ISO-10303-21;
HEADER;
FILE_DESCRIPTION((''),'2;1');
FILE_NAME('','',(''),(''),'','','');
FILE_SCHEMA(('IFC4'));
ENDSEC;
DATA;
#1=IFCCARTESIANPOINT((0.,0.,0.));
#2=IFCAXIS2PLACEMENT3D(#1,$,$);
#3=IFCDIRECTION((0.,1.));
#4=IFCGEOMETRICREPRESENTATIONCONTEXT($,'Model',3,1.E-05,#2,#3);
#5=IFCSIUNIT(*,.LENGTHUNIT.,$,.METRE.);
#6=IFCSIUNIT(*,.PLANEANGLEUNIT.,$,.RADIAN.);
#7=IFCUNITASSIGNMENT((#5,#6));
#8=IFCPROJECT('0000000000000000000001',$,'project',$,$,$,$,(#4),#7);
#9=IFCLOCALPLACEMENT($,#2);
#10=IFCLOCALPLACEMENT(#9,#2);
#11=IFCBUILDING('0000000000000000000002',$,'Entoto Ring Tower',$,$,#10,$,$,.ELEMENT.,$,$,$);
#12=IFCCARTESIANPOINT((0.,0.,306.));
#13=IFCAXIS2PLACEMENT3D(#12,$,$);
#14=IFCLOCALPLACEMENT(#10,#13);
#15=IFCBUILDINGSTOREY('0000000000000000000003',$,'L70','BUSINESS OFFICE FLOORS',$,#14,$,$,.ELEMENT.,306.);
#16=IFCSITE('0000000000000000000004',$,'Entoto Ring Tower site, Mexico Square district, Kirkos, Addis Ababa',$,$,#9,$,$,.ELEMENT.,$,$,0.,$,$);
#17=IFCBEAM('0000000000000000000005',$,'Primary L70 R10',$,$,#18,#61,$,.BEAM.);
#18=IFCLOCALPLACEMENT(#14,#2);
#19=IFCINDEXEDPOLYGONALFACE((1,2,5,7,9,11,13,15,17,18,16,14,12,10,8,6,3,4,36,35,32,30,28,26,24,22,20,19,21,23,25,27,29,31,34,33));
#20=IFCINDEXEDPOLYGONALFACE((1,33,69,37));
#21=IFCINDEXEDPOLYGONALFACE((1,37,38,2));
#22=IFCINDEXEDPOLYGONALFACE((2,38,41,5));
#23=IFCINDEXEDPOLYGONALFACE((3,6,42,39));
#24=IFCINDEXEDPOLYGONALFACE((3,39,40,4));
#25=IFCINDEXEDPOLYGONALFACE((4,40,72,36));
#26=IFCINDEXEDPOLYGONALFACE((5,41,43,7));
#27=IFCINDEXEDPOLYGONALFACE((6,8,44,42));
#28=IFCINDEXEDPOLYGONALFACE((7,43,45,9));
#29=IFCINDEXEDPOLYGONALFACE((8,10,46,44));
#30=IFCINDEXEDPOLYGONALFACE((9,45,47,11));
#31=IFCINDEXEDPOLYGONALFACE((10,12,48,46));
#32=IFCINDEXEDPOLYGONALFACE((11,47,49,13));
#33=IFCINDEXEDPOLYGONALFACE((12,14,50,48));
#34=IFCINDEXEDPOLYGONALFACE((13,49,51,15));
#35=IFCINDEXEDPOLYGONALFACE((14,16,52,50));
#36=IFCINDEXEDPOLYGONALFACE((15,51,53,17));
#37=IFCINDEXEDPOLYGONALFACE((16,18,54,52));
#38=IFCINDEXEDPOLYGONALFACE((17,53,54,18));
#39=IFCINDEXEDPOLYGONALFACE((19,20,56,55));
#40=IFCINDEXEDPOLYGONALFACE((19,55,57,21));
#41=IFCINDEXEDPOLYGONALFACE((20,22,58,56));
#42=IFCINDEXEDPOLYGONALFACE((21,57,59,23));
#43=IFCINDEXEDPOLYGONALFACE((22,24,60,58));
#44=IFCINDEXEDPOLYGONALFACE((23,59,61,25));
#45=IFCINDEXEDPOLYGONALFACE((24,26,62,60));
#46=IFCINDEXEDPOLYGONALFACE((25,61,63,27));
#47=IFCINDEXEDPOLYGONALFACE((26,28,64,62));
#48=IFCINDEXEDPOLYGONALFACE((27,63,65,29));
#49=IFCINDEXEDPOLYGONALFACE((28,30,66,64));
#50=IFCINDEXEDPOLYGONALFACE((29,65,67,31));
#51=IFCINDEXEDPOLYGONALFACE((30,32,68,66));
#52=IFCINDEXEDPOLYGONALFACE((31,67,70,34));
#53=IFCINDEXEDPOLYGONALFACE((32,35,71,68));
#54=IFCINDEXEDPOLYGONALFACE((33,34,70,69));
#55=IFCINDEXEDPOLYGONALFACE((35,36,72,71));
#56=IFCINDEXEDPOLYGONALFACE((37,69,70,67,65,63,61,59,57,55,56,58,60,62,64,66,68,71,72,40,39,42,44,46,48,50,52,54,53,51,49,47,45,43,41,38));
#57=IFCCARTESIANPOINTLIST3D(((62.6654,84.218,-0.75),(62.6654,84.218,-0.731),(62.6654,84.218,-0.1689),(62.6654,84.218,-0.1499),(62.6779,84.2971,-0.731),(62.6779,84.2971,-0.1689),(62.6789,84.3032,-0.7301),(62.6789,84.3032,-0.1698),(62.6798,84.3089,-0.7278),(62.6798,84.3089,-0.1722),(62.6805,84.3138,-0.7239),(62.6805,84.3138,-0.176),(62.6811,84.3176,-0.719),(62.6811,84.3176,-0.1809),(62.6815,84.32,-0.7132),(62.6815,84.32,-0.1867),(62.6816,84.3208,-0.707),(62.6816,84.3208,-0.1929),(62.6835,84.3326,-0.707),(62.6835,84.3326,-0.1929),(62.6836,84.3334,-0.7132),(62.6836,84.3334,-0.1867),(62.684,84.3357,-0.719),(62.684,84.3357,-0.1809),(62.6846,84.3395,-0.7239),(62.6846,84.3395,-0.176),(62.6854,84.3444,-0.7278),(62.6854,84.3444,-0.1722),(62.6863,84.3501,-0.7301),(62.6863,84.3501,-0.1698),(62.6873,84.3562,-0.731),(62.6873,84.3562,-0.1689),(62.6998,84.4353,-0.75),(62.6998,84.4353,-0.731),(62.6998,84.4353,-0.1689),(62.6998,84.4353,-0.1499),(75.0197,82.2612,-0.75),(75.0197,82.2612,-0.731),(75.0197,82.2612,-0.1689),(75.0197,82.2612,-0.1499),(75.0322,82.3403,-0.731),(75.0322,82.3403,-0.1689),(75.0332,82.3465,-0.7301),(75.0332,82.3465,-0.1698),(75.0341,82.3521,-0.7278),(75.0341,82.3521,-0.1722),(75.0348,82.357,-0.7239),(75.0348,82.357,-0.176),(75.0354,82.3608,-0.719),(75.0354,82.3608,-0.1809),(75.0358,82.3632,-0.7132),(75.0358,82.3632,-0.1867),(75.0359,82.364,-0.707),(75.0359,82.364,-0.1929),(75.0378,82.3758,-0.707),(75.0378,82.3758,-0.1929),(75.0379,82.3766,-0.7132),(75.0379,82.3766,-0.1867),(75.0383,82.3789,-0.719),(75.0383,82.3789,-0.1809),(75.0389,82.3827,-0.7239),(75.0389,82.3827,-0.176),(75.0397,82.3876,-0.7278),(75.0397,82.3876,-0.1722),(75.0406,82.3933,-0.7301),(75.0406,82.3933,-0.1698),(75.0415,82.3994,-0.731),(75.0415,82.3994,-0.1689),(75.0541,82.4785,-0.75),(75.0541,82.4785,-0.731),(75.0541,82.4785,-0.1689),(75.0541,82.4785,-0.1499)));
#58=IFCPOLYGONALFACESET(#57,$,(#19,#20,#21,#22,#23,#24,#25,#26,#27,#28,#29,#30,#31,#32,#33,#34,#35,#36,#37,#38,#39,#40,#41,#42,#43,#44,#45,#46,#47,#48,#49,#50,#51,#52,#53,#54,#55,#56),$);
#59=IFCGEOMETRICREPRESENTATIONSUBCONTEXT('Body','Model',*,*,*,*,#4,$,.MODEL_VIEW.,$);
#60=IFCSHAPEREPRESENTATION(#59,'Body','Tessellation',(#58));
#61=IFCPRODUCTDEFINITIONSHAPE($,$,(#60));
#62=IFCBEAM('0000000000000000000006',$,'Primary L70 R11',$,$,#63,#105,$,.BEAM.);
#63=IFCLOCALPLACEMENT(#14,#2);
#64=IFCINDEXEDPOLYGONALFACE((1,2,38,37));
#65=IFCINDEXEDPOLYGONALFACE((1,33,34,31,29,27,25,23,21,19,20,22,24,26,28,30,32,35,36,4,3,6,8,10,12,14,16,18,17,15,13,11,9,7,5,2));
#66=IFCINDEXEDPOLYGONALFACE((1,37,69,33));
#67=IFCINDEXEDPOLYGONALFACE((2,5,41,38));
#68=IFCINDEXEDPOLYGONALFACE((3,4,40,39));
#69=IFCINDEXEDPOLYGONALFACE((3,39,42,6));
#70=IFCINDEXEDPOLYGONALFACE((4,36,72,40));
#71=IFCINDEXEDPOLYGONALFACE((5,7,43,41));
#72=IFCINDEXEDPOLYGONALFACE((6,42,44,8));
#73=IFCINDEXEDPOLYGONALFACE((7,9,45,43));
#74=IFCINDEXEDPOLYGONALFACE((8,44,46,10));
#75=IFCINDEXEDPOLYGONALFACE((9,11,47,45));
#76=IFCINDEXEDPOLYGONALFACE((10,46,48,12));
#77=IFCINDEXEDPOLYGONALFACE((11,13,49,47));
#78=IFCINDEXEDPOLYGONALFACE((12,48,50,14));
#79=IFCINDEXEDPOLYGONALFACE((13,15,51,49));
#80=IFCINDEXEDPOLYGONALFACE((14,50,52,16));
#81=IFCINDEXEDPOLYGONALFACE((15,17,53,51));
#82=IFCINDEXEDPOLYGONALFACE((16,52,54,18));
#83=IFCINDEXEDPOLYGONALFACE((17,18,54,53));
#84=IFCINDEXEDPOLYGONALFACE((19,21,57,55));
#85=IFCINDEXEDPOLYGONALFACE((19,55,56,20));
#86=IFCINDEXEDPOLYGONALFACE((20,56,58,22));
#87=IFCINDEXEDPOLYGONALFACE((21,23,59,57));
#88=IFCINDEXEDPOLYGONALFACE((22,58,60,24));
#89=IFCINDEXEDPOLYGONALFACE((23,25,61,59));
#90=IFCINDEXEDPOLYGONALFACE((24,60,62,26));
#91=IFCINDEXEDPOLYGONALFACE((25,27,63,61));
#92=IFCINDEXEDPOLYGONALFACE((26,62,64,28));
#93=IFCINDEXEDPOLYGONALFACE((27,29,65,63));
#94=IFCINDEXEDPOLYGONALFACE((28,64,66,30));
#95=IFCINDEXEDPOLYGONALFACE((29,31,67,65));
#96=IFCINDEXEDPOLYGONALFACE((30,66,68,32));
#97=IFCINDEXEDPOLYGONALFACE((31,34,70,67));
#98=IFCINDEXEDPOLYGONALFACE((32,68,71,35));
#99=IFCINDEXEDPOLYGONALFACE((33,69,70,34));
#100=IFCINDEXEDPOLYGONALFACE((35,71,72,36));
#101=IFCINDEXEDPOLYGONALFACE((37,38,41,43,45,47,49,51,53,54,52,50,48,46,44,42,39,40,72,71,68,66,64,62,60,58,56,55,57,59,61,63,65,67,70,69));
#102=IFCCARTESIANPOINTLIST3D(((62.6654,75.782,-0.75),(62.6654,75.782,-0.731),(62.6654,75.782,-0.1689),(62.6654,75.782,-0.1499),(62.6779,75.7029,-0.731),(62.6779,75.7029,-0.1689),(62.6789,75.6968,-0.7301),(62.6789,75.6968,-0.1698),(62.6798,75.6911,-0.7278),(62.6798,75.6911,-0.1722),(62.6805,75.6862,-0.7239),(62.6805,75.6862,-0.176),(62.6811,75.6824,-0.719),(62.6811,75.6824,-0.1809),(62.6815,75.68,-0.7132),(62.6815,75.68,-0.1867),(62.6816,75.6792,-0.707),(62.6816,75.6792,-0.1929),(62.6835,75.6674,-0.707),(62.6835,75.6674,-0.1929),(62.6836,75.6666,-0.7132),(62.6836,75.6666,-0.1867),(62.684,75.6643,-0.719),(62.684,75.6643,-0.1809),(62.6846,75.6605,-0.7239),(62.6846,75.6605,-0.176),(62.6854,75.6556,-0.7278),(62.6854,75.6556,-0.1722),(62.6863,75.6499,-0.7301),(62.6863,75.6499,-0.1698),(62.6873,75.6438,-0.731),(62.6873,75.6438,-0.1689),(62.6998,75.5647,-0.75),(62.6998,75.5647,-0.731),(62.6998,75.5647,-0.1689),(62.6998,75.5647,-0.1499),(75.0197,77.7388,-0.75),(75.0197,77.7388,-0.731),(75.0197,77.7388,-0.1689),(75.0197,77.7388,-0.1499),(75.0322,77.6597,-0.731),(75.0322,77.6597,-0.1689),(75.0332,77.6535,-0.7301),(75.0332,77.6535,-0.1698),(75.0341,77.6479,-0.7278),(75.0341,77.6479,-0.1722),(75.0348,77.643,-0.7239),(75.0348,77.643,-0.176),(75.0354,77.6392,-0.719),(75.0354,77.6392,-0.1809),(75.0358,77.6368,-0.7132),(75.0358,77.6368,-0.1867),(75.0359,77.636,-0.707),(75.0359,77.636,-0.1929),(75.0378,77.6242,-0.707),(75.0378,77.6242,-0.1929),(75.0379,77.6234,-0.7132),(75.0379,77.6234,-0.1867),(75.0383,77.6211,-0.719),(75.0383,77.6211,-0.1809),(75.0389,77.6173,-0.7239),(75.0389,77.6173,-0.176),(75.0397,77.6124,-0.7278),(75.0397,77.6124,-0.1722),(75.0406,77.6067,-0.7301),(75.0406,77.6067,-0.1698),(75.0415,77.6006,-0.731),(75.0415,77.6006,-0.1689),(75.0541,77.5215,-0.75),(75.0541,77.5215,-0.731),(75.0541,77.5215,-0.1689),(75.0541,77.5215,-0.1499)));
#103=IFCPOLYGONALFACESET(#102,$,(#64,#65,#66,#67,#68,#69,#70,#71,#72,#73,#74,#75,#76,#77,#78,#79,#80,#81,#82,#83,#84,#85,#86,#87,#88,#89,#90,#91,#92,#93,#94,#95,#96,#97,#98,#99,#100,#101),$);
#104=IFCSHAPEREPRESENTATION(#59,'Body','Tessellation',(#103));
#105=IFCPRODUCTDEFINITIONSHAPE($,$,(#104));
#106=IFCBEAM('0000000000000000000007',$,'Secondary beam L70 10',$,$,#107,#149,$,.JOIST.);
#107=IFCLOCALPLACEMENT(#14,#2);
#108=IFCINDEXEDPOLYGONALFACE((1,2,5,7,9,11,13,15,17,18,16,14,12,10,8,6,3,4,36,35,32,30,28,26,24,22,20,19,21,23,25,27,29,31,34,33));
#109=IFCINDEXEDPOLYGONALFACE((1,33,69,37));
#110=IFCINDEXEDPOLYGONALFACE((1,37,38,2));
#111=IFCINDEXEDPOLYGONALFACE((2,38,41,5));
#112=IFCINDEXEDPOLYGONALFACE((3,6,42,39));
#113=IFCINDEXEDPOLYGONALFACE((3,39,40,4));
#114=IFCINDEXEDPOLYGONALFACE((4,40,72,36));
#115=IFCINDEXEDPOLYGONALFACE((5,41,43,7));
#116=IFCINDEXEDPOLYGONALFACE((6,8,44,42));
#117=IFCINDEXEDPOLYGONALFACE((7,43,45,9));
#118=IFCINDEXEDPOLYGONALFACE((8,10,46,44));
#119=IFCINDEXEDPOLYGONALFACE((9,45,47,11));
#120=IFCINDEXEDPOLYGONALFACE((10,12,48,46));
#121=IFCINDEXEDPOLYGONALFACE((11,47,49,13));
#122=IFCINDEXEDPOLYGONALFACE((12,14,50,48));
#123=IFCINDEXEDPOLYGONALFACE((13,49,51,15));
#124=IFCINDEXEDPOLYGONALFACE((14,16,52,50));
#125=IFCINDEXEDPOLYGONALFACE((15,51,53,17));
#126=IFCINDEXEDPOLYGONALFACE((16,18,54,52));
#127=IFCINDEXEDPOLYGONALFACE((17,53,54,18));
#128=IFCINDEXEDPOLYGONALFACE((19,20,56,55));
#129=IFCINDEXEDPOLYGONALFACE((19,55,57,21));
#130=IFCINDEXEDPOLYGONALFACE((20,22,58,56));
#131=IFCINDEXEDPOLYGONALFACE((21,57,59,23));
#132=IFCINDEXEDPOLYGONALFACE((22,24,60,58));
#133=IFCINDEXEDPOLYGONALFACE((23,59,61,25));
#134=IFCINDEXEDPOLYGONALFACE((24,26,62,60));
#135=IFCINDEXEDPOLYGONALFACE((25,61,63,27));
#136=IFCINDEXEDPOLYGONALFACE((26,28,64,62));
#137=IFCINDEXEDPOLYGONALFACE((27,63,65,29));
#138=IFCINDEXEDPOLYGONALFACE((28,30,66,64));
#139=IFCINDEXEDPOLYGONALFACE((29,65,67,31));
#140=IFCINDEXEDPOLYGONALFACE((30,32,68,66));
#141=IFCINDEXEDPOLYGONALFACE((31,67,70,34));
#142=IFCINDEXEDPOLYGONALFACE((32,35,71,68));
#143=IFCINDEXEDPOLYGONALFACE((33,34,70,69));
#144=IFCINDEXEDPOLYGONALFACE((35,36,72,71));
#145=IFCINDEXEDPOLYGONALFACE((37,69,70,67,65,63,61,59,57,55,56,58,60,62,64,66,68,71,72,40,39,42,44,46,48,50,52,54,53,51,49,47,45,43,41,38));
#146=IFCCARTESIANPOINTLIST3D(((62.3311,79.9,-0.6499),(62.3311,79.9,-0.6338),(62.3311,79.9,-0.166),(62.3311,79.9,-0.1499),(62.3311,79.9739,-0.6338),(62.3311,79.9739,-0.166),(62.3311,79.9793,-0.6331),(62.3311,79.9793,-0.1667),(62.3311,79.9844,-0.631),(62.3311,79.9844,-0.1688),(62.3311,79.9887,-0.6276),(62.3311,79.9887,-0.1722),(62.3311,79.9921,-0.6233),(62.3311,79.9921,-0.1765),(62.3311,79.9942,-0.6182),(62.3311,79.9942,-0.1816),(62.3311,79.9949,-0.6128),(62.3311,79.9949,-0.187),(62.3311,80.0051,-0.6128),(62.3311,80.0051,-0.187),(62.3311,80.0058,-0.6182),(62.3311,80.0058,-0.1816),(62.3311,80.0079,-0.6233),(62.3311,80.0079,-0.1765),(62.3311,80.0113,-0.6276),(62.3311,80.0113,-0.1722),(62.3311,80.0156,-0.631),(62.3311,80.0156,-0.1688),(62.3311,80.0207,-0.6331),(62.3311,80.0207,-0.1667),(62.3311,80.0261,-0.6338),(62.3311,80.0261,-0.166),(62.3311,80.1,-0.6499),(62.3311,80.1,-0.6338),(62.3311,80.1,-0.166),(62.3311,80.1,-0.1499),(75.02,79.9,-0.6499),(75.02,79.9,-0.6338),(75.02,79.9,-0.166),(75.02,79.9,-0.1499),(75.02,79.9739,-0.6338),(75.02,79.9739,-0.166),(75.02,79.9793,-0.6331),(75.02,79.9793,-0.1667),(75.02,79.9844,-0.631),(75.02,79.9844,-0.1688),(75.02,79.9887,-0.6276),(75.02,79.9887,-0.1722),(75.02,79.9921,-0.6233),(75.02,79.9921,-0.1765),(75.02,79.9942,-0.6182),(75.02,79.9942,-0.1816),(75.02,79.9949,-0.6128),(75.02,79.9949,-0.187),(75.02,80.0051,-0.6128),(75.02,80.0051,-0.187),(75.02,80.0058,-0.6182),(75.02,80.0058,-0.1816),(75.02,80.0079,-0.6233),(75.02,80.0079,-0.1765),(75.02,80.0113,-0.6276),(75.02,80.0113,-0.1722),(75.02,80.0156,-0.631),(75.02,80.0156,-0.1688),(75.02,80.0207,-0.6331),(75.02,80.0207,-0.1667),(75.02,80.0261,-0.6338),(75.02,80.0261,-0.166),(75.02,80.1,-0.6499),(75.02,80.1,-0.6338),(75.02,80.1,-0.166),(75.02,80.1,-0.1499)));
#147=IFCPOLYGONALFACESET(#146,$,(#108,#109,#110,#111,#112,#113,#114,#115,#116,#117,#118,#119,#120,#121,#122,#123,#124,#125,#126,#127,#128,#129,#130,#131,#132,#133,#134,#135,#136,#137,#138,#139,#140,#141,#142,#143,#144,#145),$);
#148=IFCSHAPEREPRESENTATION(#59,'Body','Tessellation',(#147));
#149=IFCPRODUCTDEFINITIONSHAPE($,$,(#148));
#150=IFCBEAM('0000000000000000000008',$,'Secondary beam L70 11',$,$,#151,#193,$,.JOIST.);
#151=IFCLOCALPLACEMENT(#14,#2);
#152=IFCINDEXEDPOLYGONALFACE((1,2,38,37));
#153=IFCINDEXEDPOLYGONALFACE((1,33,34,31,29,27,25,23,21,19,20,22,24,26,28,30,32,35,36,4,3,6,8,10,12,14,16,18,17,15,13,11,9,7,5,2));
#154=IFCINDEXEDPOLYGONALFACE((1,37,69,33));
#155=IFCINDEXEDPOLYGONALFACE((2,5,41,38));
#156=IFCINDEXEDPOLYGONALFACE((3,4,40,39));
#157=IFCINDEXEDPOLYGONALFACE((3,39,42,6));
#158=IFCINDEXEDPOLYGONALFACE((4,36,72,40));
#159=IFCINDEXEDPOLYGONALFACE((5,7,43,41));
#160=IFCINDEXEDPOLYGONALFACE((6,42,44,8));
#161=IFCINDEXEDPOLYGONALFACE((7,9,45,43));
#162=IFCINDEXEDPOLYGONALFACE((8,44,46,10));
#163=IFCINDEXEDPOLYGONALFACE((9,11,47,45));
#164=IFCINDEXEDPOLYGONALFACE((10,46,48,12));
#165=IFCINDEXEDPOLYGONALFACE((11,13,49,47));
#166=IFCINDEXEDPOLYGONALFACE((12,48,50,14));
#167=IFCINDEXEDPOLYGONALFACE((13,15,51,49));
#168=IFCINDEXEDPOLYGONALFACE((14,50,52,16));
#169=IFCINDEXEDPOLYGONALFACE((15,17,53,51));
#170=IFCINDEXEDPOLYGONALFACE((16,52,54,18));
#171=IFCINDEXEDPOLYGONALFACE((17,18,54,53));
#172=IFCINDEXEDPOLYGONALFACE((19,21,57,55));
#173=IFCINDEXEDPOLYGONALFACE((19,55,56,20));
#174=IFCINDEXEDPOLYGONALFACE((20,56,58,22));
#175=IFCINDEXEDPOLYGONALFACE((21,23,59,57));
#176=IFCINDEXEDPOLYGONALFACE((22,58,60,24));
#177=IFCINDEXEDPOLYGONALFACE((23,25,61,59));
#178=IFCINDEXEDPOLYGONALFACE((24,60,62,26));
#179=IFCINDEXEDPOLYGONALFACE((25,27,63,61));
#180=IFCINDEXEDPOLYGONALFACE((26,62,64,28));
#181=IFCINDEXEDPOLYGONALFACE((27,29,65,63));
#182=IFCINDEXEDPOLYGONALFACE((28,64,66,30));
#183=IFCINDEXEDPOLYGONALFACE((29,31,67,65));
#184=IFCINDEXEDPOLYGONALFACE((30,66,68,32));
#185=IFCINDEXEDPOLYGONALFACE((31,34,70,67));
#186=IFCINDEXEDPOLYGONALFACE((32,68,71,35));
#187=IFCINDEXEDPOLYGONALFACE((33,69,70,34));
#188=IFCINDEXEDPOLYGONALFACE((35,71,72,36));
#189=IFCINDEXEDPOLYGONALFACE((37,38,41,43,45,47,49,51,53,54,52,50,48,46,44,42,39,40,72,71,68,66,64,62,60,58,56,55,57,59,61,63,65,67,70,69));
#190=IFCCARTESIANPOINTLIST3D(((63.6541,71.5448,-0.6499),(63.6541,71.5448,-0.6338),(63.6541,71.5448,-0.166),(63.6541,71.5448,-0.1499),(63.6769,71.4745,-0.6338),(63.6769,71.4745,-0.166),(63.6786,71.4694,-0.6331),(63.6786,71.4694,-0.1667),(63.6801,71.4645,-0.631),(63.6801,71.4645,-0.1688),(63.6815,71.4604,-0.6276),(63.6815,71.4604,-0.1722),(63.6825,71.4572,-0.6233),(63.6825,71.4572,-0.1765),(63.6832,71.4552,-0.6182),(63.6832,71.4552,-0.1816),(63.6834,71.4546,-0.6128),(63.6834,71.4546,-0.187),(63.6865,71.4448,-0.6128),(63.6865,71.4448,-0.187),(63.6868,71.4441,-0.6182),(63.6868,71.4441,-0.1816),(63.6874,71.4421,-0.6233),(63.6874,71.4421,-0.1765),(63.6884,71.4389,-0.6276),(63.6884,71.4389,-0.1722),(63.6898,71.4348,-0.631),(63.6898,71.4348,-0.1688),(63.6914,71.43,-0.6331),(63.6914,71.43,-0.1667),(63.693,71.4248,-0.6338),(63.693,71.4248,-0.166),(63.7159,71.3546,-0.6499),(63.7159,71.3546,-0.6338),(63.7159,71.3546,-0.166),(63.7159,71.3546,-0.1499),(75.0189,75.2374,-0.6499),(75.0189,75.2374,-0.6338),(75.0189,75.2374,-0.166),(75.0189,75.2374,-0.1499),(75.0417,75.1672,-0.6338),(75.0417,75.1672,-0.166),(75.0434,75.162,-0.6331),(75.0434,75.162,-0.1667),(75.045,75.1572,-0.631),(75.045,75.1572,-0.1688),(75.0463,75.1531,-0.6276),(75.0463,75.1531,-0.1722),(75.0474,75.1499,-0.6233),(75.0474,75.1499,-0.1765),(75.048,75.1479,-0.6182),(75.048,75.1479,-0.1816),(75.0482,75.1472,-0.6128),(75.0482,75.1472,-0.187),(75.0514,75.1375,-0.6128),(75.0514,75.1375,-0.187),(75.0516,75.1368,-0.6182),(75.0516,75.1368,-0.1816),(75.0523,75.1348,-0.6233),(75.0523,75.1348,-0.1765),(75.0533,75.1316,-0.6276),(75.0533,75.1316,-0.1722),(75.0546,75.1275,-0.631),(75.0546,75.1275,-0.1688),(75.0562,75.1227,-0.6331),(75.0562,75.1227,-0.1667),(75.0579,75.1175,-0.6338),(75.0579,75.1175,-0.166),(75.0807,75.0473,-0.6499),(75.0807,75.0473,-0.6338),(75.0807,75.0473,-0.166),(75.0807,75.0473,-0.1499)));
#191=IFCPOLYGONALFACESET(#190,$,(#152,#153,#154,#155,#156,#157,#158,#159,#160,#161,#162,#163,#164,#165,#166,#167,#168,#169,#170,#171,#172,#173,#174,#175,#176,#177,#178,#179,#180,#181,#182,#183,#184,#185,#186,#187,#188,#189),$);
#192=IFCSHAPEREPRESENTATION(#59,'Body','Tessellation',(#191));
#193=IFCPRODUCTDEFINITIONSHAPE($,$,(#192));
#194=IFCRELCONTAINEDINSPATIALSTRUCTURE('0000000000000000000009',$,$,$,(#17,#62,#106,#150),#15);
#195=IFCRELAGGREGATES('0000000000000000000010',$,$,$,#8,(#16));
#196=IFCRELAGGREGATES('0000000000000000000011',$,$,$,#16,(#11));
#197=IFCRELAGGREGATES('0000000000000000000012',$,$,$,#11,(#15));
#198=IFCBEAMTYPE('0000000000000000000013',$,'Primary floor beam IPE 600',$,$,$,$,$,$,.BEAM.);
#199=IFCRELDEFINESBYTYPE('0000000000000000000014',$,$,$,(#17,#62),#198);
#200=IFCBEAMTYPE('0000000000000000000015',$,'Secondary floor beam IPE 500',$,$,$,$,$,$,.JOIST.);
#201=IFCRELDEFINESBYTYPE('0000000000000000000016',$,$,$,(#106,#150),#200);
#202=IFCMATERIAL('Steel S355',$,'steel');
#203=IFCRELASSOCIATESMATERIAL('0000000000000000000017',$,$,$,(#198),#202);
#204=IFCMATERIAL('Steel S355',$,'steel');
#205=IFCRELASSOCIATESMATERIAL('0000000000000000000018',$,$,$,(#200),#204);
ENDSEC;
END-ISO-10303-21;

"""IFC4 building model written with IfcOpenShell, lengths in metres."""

from ifc_helpers import new_model, si_unit, direction, frame, origin, origin_2d, place, context, subcontext, project, spatial, i_section, extrude, material, material_profile, profile_set, type_object, element, save


model = new_model("IFC4")

# Units and contexts
model_context = context("Model", 3, precision=1e-05, world=origin(), true_north=direction((0.0, 1.0)))
body_context = subcontext(model_context, "Body", "Model", "MODEL_VIEW")
ifc_project = project(units=[si_unit("LENGTHUNIT", "METRE"), si_unit("PLANEANGLEUNIT", "RADIAN")], contexts=[model_context])

# Site, building, storey
site_placement = place(None, origin())
site = spatial("IfcSite", under=ifc_project, at=site_placement, Name="Entoto Ring Tower site, Mexico Square district, Kirkos, Addis Ababa", CompositionType="ELEMENT", RefElevation=0.0)
building_placement = place(site_placement, origin())
building = spatial("IfcBuilding", under=site, at=building_placement, Name="Entoto Ring Tower", CompositionType="ELEMENT")
storey_placement = place(building_placement, frame((0.0, 0.0, 306.0)))
storey = spatial("IfcBuildingStorey", under=building, at=storey_placement, Name="L70", Description="BUSINESS OFFICE FLOORS", CompositionType="ELEMENT", Elevation=306.0)

# Beams
ifc_material_1 = material(Name="Steel S355", Category="steel")
ifc_material_profile_1 = material_profile(ifc_material_1, i_section(OverallWidth=0.22, OverallDepth=0.6001, WebThickness=0.012, FlangeThickness=0.019, FilletRadius=0.0239, at=origin_2d()), Name="IPE 600")
ifc_profile_set_1 = profile_set([ifc_material_profile_1], Name="Steel S355")
beam_type_1 = type_object("IfcBeamType", Name="Primary floor beam IPE 600", PredefinedType="BEAM", material=ifc_profile_set_1)
for number, where, z_axis, x_axis, name in (
    (1, (75.0369, 82.3699, -0.45), (-0.987688, 0.15644, 0.0), (-0.15644, -0.987688, 0.0), "Primary L70 R10"),
    (2, (75.0369, 77.6301, -0.45), (-0.987688, -0.15644, 0.0), (0.15644, -0.987688, 0.0), "Primary L70 R11"),
):
    element("IfcBeam", number, at=place(storey_placement, frame(where, z_axis=z_axis, x_axis=x_axis)), inside=storey, type_object=beam_type_1, Name=name, PredefinedType="BEAM", context=body_context, shape_type="SweptSolid", body=[
        extrude(i_section(OverallWidth=0.22, OverallDepth=0.6001, WebThickness=0.012, FlangeThickness=0.019, FilletRadius=0.0239, at=origin_2d()), origin(), (0.0, 0.0, 1.0), 12.5083),
    ])
ifc_material_2 = material(Name="Steel S355", Category="steel")
ifc_material_profile_2 = material_profile(ifc_material_2, i_section(OverallWidth=0.2, OverallDepth=0.5, WebThickness=0.0103, FlangeThickness=0.0161, FilletRadius=0.021, at=origin_2d()), Name="IPE 500")
ifc_profile_set_2 = profile_set([ifc_material_profile_2], Name="Steel S355")
beam_type_2 = type_object("IfcBeamType", Name="Secondary floor beam IPE 500", PredefinedType="JOIST", material=ifc_profile_set_2)
beam_1_placement = place(storey_placement, frame((75.02, 80.0, -0.3999), z_axis=(-1.0, 0.0, 0.0), x_axis=(0.0, -1.0, 0.0)))
element("IfcBeam", 3, at=beam_1_placement, inside=storey, type_object=beam_type_2, Name="Secondary beam L70 10", PredefinedType="JOIST", context=body_context, shape_type="SweptSolid", body=[
    extrude(i_section(OverallWidth=0.2, OverallDepth=0.5, WebThickness=0.0103, FlangeThickness=0.0161, FilletRadius=0.021, at=origin_2d()), origin(), (0.0, 0.0, 1.0), 12.689),
])
beam_2_placement = place(storey_placement, frame((75.0498, 75.1423, -0.3999), z_axis=(-0.951057, -0.309017, 0.0), x_axis=(0.309017, -0.951057, 0.0)))
element("IfcBeam", 4, at=beam_2_placement, inside=storey, type_object=beam_type_2, Name="Secondary beam L70 11", PredefinedType="JOIST", context=body_context, shape_type="SweptSolid", body=[
    extrude(i_section(OverallWidth=0.2, OverallDepth=0.5, WebThickness=0.0103, FlangeThickness=0.0161, FilletRadius=0.021, at=origin_2d()), origin(), (0.0, 0.0, 1.0), 11.9497),
])

save(model, "model.ifc")
